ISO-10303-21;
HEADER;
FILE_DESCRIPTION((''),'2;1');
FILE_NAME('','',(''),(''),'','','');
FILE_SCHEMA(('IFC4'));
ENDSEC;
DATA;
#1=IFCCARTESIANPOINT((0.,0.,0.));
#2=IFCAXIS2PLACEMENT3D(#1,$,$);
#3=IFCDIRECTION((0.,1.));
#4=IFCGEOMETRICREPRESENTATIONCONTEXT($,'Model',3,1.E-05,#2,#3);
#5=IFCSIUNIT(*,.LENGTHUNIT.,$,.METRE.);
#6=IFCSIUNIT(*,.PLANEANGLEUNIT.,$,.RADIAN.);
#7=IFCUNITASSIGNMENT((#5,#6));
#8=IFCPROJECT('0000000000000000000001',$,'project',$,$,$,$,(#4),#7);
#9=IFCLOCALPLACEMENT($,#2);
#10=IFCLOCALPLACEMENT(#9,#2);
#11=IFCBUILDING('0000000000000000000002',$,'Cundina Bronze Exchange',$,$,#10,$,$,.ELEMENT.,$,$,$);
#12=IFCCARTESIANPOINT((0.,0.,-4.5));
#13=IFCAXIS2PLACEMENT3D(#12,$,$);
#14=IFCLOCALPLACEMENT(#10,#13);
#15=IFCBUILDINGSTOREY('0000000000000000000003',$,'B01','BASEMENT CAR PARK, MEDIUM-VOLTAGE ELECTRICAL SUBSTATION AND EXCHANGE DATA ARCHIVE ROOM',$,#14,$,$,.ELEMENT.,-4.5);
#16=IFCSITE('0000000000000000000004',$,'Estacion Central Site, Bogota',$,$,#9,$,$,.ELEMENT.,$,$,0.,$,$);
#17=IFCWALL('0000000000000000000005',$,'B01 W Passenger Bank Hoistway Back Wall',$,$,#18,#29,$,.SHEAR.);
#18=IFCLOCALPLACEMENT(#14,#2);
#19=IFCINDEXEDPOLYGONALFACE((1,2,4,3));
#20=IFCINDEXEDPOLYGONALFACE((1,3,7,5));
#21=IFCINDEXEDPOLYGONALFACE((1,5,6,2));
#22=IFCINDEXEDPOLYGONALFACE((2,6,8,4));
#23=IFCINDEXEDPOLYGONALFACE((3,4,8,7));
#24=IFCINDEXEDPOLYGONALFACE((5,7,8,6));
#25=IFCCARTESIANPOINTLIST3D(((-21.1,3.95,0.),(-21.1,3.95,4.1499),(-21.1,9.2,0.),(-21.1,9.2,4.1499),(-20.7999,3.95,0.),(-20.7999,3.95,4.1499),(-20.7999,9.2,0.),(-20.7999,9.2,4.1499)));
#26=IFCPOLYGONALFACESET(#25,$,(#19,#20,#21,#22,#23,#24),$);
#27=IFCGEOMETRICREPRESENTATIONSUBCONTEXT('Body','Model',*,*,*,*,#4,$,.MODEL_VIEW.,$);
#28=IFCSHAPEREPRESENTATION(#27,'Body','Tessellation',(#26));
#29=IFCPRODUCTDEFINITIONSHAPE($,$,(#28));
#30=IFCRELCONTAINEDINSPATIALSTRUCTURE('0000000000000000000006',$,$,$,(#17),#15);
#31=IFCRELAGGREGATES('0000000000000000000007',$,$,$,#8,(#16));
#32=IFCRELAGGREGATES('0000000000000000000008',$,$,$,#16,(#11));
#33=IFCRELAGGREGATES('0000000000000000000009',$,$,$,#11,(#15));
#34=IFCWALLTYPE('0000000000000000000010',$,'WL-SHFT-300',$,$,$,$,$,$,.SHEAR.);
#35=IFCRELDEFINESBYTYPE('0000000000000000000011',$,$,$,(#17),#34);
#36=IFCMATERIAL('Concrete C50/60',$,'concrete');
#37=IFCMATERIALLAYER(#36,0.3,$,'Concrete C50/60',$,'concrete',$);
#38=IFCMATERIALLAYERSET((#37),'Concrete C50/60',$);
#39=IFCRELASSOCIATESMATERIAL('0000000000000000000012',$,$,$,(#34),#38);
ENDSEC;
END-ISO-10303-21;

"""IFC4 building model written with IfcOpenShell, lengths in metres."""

from ifc_helpers import new_model, si_unit, direction, frame, frame_2d, origin, place, context, subcontext, project, spatial, rectangle, extrude, material, layer, layer_set, type_object, element, save


model = new_model("IFC4")

# Units and contexts
model_context = context("Model", 3, precision=1e-05, world=origin(), true_north=direction((0.0, 1.0)))
body_context = subcontext(model_context, "Body", "Model", "MODEL_VIEW")
ifc_project = project(units=[si_unit("LENGTHUNIT", "METRE"), si_unit("PLANEANGLEUNIT", "RADIAN")], contexts=[model_context])

# Site, building, storey
site_placement = place(None, origin())
site = spatial("IfcSite", under=ifc_project, at=site_placement, Name="Estacion Central Site, Bogota", CompositionType="ELEMENT", RefElevation=0.0)
building_placement = place(site_placement, origin())
building = spatial("IfcBuilding", under=site, at=building_placement, Name="Cundina Bronze Exchange", CompositionType="ELEMENT")
storey_placement = place(building_placement, frame((0.0, 0.0, -4.5)))
storey = spatial("IfcBuildingStorey", under=building, at=storey_placement, Name="B01", Description="BASEMENT CAR PARK, MEDIUM-VOLTAGE ELECTRICAL SUBSTATION AND EXCHANGE DATA ARCHIVE ROOM", CompositionType="ELEMENT", Elevation=-4.5)

# Shared definitions
ifc_material_1 = material(Name="Concrete C50/60", Category="concrete")

# Wall
ifc_layer_1 = layer(ifc_material_1, 0.3, Name="Concrete C50/60", Category="concrete")
ifc_layer_set_1 = layer_set([ifc_layer_1], Name="Concrete C50/60")
wall_type_1 = type_object("IfcWallType", Name="WL-SHFT-300", PredefinedType="SHEAR", material=ifc_layer_set_1)
wall_1_placement = place(storey_placement, frame((-20.95, 3.95, 0.0), z_axis=(0.0, 0.0, 1.0), x_axis=(0.0, 1.0, 0.0)))
element("IfcWall", 1, at=wall_1_placement, inside=storey, type_object=wall_type_1, Name="B01 W Passenger Bank Hoistway Back Wall", PredefinedType="SHEAR", context=body_context, shape_type="SweptSolid", body=[
    extrude(rectangle(XDim=5.25, YDim=0.3, at=frame_2d((2.625, 0.0))), origin(), (0.0, 0.0, 1.0), 4.1499),
])

save(model, "model.ifc")
